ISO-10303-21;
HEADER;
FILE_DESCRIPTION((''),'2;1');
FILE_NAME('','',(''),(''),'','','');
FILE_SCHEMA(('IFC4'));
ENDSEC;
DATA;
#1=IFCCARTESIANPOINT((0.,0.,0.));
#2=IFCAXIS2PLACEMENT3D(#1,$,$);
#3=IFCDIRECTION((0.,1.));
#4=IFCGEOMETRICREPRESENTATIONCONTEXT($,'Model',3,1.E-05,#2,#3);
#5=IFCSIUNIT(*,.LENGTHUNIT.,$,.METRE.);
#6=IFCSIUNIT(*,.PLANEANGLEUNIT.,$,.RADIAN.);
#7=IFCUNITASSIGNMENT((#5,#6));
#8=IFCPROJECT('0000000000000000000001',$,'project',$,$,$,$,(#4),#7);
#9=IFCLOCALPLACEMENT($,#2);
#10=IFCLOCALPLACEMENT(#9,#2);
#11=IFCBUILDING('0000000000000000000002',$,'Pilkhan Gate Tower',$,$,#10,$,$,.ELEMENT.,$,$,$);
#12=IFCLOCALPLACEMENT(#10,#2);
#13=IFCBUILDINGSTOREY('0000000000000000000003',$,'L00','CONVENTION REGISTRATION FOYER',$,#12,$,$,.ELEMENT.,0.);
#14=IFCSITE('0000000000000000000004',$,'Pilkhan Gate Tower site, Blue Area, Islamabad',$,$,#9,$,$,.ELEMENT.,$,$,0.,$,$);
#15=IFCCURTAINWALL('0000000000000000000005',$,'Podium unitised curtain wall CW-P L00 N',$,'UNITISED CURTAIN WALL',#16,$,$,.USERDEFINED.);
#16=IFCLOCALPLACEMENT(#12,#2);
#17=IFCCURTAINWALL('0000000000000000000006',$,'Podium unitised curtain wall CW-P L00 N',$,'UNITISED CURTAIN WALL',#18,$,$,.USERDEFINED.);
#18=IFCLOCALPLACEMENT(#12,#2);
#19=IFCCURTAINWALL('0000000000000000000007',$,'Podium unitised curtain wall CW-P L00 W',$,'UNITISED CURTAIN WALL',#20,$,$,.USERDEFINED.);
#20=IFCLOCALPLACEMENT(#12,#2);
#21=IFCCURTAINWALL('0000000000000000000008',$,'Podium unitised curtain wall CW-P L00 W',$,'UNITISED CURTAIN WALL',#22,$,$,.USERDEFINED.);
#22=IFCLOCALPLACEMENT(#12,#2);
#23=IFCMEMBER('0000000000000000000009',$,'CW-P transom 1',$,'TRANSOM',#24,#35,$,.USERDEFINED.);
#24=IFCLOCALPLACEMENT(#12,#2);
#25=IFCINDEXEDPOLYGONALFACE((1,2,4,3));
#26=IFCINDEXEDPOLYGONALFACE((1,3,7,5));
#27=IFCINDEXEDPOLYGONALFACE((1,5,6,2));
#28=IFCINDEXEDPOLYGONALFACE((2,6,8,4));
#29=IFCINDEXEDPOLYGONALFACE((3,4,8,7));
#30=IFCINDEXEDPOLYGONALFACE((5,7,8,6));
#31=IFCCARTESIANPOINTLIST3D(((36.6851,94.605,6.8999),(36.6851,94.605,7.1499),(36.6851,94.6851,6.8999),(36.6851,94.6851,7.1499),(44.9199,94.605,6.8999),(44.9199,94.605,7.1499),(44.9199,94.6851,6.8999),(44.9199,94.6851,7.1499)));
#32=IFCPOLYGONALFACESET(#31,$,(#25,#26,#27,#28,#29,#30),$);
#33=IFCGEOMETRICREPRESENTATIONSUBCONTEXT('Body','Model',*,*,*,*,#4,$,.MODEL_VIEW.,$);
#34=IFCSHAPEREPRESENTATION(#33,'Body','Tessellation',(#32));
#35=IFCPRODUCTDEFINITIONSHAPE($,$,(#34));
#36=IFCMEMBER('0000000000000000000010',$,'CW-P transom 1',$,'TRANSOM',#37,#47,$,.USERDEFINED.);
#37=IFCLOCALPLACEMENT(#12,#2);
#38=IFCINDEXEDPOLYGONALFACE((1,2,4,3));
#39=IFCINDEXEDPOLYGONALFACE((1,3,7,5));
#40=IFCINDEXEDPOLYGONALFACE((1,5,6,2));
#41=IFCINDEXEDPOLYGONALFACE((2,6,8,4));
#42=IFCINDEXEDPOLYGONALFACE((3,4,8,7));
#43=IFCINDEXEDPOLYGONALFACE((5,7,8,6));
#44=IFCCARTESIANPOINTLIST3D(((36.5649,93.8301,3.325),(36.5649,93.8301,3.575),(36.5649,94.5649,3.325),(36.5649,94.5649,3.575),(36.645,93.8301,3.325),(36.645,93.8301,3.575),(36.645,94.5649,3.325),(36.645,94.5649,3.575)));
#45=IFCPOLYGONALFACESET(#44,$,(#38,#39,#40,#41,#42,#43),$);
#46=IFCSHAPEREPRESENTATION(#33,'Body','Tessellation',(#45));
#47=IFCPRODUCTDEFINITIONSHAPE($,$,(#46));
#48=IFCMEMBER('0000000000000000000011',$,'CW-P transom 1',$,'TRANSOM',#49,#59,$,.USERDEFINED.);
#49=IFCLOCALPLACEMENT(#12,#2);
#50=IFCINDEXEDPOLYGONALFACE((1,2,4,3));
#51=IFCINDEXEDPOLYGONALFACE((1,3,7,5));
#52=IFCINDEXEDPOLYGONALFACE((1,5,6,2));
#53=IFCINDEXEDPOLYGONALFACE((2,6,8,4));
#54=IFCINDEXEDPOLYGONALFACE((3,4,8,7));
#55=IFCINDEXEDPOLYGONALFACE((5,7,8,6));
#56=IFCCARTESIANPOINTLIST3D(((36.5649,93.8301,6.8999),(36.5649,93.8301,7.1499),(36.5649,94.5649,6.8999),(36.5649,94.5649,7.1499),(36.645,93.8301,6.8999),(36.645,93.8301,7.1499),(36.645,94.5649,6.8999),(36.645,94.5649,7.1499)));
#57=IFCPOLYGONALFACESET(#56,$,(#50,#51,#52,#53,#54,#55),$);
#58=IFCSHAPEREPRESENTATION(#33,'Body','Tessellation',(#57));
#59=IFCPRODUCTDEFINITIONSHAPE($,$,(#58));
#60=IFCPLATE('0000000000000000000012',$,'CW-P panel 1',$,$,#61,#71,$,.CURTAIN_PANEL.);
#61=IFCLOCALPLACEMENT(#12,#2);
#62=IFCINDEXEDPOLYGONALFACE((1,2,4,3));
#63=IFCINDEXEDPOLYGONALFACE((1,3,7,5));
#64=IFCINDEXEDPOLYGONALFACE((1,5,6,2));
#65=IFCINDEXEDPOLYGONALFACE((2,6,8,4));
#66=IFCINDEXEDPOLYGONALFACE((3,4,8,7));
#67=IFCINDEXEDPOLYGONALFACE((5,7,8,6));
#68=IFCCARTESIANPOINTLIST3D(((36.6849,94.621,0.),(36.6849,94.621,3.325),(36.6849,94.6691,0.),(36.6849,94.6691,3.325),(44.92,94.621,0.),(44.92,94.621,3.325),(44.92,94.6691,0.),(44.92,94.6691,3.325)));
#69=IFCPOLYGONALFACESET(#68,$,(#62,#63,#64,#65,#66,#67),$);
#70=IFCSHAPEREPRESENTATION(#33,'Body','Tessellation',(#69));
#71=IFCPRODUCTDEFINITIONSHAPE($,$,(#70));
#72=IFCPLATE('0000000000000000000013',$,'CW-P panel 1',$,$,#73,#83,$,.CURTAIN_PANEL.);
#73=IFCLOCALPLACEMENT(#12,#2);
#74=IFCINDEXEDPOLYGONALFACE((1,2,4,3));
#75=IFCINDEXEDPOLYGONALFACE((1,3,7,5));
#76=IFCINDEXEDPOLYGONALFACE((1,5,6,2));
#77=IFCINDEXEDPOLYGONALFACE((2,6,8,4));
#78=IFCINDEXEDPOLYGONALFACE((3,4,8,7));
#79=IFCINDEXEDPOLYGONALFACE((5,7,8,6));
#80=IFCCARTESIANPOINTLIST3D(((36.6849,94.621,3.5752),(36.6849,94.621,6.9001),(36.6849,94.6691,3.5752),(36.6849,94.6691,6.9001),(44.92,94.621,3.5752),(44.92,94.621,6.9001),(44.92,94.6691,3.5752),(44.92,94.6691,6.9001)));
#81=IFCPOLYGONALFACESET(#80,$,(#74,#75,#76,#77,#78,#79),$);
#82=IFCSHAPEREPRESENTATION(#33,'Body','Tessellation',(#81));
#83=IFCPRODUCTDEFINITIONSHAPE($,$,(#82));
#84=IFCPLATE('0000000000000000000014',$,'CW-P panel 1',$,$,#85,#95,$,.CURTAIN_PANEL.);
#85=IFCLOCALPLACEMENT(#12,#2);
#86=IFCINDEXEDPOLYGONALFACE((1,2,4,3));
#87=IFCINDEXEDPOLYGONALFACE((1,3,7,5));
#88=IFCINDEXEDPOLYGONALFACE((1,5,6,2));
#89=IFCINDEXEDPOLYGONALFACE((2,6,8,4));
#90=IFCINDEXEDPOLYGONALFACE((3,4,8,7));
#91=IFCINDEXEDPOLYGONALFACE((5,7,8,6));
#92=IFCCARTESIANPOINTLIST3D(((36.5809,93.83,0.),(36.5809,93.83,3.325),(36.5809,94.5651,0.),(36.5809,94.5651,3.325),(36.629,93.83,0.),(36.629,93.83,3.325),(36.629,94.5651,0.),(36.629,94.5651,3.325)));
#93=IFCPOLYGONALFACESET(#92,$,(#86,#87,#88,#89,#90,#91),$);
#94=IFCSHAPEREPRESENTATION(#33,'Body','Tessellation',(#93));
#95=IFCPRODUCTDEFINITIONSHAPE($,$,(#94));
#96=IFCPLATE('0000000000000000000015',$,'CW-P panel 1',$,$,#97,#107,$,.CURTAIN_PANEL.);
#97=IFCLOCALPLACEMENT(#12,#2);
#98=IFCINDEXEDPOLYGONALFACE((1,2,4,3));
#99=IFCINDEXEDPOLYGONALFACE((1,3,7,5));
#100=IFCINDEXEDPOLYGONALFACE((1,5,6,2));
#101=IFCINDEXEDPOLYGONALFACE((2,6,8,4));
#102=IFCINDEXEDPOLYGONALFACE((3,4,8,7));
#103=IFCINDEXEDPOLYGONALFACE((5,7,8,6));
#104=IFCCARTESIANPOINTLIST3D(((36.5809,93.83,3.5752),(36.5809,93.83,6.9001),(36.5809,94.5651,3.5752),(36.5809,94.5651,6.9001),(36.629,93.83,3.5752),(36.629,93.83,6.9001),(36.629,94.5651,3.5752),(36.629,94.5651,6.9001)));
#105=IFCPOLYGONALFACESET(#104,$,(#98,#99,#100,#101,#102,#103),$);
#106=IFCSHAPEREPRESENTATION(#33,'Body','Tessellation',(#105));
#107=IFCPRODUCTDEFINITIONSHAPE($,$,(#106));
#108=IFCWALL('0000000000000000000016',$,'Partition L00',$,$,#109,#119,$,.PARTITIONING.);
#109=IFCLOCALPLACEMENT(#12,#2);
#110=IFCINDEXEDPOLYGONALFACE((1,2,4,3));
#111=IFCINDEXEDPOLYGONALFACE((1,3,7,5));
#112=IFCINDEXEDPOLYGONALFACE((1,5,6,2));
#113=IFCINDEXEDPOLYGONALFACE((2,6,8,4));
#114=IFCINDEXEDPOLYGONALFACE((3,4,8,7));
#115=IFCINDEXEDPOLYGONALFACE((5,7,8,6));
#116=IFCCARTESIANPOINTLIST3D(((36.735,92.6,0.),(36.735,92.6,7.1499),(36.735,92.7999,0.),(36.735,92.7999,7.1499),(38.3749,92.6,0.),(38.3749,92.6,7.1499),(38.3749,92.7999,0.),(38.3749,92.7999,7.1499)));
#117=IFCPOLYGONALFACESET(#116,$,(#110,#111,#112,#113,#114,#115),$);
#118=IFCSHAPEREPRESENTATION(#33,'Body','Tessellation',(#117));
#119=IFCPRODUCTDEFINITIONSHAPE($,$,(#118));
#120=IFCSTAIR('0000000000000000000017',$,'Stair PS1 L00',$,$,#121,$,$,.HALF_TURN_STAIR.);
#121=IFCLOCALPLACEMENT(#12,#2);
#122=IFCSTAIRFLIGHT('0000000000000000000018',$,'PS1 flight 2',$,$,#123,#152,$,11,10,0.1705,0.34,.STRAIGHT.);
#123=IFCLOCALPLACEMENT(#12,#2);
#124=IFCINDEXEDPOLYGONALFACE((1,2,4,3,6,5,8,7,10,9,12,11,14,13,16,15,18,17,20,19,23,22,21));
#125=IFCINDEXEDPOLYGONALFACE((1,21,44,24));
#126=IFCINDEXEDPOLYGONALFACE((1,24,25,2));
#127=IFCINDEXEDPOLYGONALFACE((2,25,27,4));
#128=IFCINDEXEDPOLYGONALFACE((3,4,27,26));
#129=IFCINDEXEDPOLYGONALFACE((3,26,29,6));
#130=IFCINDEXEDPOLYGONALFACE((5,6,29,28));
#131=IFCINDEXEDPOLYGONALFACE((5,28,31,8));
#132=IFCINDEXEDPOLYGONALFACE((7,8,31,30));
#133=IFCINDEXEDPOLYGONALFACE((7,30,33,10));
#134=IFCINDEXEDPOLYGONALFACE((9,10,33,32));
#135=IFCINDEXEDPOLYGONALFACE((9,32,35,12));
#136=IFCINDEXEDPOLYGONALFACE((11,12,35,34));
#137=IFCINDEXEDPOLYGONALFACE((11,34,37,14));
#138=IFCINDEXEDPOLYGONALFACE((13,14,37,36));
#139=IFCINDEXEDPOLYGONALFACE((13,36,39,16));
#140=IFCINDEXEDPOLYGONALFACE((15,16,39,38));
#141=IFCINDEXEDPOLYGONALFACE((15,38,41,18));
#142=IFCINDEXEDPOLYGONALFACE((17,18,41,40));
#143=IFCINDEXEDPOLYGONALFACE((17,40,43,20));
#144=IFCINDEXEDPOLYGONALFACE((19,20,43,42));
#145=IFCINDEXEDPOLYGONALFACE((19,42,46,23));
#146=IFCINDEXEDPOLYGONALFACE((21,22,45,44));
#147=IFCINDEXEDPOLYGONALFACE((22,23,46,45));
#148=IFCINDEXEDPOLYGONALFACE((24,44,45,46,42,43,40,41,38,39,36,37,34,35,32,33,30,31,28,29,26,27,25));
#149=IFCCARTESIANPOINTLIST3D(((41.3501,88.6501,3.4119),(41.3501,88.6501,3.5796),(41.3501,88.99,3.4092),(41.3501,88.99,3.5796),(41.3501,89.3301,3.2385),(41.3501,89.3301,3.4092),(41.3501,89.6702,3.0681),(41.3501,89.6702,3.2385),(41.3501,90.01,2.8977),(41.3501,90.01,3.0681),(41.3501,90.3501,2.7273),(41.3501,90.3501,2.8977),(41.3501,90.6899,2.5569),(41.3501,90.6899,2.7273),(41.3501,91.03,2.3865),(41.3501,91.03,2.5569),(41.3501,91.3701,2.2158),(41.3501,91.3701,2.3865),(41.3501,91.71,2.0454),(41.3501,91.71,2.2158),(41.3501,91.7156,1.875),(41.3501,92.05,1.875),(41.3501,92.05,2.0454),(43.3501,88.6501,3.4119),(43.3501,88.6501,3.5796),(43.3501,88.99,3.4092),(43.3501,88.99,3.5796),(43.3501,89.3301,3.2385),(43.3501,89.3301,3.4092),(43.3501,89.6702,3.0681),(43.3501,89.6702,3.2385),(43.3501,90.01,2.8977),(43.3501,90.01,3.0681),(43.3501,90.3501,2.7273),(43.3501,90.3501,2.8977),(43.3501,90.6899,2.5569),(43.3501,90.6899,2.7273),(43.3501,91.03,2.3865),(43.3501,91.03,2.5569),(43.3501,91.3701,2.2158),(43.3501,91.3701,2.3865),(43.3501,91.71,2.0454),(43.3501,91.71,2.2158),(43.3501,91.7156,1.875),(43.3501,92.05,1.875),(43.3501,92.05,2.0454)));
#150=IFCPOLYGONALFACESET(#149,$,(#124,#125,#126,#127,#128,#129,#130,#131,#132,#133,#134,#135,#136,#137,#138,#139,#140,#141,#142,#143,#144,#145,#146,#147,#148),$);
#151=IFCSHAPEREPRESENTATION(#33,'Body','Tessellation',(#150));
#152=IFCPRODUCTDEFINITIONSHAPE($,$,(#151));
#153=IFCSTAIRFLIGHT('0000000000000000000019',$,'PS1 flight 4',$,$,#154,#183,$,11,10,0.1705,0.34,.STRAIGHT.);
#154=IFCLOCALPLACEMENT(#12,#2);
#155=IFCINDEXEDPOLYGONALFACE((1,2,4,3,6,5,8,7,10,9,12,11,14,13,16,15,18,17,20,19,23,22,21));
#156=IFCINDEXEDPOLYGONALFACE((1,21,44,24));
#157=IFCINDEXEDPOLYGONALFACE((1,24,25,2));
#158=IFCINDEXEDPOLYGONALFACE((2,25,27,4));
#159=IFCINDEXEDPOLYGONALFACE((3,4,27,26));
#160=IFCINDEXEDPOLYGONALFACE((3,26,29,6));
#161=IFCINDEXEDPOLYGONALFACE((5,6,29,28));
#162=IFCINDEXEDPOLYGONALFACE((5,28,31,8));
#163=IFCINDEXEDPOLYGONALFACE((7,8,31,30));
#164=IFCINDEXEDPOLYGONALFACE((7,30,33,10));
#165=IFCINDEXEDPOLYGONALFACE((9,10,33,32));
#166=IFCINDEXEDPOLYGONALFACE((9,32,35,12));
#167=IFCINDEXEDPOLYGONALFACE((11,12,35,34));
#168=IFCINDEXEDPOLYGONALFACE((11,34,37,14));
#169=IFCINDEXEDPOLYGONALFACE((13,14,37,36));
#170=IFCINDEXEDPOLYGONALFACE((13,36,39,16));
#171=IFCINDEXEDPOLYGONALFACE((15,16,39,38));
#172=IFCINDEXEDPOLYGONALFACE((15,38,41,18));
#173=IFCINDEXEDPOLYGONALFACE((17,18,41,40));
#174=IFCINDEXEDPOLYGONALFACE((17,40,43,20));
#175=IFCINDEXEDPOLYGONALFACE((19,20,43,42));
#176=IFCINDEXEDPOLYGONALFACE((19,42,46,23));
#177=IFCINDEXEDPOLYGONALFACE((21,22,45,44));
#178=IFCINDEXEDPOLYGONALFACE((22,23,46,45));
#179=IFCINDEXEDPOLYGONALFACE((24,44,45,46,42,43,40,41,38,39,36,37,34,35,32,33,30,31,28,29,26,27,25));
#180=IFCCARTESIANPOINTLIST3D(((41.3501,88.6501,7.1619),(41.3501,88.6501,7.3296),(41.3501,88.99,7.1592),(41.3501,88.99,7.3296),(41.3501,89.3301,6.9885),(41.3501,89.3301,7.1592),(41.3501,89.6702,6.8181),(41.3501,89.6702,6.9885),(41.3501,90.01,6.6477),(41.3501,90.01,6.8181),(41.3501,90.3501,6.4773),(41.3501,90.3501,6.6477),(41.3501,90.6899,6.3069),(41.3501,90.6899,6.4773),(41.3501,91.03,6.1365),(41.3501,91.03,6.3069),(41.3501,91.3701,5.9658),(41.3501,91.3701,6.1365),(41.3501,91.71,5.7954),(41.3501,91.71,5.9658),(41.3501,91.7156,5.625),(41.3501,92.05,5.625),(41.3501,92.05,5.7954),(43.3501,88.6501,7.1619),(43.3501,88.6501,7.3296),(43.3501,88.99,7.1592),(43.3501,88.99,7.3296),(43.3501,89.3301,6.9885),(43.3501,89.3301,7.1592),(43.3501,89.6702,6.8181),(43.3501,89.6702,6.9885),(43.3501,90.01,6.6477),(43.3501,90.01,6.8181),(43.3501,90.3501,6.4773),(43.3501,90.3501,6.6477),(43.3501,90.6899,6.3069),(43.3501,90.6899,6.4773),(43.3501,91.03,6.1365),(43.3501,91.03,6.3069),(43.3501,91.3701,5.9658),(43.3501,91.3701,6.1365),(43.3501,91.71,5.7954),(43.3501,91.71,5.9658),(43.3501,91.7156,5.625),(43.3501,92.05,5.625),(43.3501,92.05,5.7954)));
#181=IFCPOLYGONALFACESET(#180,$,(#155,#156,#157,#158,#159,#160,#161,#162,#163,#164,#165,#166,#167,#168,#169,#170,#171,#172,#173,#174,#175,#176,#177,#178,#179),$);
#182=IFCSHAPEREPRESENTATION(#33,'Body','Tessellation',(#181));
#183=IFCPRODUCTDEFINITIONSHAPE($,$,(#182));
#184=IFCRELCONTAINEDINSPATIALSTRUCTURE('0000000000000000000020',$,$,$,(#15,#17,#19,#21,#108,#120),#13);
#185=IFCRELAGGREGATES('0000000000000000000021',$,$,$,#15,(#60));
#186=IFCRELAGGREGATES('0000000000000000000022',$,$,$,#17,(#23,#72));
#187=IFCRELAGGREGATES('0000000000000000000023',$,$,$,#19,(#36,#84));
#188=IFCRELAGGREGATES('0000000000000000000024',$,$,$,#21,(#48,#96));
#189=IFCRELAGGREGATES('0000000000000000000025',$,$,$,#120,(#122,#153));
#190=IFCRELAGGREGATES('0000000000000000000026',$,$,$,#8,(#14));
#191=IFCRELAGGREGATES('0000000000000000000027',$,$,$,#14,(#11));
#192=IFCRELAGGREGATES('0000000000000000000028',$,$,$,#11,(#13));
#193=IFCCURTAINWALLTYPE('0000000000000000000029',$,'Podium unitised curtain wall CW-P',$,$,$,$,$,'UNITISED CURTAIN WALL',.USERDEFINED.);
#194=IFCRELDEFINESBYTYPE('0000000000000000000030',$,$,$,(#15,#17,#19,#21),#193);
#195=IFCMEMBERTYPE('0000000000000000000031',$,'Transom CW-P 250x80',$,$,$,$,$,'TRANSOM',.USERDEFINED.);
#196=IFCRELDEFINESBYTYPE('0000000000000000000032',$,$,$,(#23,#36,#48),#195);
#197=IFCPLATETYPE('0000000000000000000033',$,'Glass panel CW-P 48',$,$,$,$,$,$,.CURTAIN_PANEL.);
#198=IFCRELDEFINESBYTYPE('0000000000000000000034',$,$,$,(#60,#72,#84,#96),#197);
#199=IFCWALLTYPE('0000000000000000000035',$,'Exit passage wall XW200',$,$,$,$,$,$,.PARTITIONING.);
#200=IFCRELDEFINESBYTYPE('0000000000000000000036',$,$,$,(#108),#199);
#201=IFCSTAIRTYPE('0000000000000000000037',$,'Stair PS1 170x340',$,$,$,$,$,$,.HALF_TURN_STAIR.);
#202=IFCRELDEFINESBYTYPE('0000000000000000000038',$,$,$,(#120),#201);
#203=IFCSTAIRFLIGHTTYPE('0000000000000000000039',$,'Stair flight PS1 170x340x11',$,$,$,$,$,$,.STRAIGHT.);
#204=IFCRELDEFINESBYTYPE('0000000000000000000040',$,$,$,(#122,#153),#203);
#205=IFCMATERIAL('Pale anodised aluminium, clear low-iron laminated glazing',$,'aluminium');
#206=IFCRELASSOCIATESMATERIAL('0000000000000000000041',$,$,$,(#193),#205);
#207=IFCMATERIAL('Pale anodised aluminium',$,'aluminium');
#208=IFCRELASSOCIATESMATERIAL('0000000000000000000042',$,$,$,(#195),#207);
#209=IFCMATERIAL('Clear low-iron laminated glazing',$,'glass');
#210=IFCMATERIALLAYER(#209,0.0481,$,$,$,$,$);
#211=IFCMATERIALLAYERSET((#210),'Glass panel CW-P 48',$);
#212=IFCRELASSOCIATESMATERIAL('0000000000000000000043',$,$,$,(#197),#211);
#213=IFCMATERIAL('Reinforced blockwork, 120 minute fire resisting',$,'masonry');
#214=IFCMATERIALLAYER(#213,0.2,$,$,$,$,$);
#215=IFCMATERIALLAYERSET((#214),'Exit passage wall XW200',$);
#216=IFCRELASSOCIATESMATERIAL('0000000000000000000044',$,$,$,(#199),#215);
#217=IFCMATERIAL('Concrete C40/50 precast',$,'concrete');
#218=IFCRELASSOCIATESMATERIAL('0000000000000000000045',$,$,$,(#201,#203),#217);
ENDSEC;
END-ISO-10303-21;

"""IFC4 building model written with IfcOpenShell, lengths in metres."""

from ifc_helpers import new_model, si_unit, direction, frame, frame_2d, origin, origin_2d, place, context, subcontext, project, spatial, polyline, rectangle, outline, extrude, material, layer, layer_set, material_profile, profile_set, type_object, element, aggregate, save


model = new_model("IFC4")

# Units and contexts
model_context = context("Model", 3, precision=1e-05, world=origin(), true_north=direction((0.0, 1.0)))
body_context = subcontext(model_context, "Body", "Model", "MODEL_VIEW")
ifc_project = project(units=[si_unit("LENGTHUNIT", "METRE"), si_unit("PLANEANGLEUNIT", "RADIAN")], contexts=[model_context])

# Site, building, storey
site_placement = place(None, origin())
site = spatial("IfcSite", under=ifc_project, at=site_placement, Name="Pilkhan Gate Tower site, Blue Area, Islamabad", CompositionType="ELEMENT", RefElevation=0.0)
building_placement = place(site_placement, origin())
building = spatial("IfcBuilding", under=site, at=building_placement, Name="Pilkhan Gate Tower", CompositionType="ELEMENT")
storey_placement = place(building_placement, origin())
storey = spatial("IfcBuildingStorey", under=building, at=storey_placement, Name="L00", Description="CONVENTION REGISTRATION FOYER", CompositionType="ELEMENT", Elevation=0.0)

# Curtain walls
ifc_material_1 = material(Name="Pale anodised aluminium, clear low-iron laminated glazing", Category="aluminium")
curtain_wall_type = type_object("IfcCurtainWallType", Name="Podium unitised curtain wall CW-P", ElementType="UNITISED CURTAIN WALL", PredefinedType="USERDEFINED", material=ifc_material_1)
curtain_wall_1_placement = place(storey_placement, origin())
curtain_wall_1 = element("IfcCurtainWall", 1, at=curtain_wall_1_placement, inside=storey, type_object=curtain_wall_type, Name="Podium unitised curtain wall CW-P L00 N", ObjectType="UNITISED CURTAIN WALL", PredefinedType="USERDEFINED")
ifc_material_2 = material(Name="Pale anodised aluminium", Category="aluminium")
curtain_wall_2_placement = place(storey_placement, origin())
curtain_wall_2 = element("IfcCurtainWall", 2, at=curtain_wall_2_placement, inside=storey, type_object=curtain_wall_type, Name="Podium unitised curtain wall CW-P L00 N", ObjectType="UNITISED CURTAIN WALL", PredefinedType="USERDEFINED")

# Curtain walls
curtain_wall_3_placement = place(storey_placement, origin())
curtain_wall_3 = element("IfcCurtainWall", 3, at=curtain_wall_3_placement, inside=storey, type_object=curtain_wall_type, Name="Podium unitised curtain wall CW-P L00 W", ObjectType="UNITISED CURTAIN WALL", PredefinedType="USERDEFINED")
curtain_wall_4_placement = place(storey_placement, origin())
curtain_wall_4 = element("IfcCurtainWall", 4, at=curtain_wall_4_placement, inside=storey, type_object=curtain_wall_type, Name="Podium unitised curtain wall CW-P L00 W", ObjectType="UNITISED CURTAIN WALL", PredefinedType="USERDEFINED")

# Members
ifc_material_profile_1 = material_profile(ifc_material_2, rectangle(XDim=0.0801, YDim=0.25, at=origin_2d()), Name="Transom 250x80")
ifc_profile_set_1 = profile_set([ifc_material_profile_1], Name="Pale anodised aluminium")
member_type_1 = type_object("IfcMemberType", Name="Transom CW-P 250x80", ElementType="TRANSOM", PredefinedType="USERDEFINED", material=ifc_profile_set_1)
member_1_placement = place(storey_placement, frame((36.6851, 94.645, 7.0249), z_axis=(1.0, 0.0, 0.0), x_axis=(0.0, 1.0, 0.0)))
member_1 = element("IfcMember", 5, at=member_1_placement, type_object=member_type_1, Name="CW-P transom 1", ObjectType="TRANSOM", PredefinedType="USERDEFINED", context=body_context, shape_type="SweptSolid", body=[
    extrude(rectangle(XDim=0.0801, YDim=0.25, at=origin_2d()), origin(), (0.0, 0.0, 1.0), 8.2349),
])
member_2_placement = place(storey_placement, frame((36.605, 93.8301, 3.45), z_axis=(0.0, 1.0, 0.0), x_axis=(-1.0, 0.0, 0.0)))
member_2 = element("IfcMember", 6, at=member_2_placement, type_object=member_type_1, Name="CW-P transom 1", ObjectType="TRANSOM", PredefinedType="USERDEFINED", context=body_context, shape_type="SweptSolid", body=[
    extrude(rectangle(XDim=0.0801, YDim=0.25, at=origin_2d()), origin(), (0.0, 0.0, 1.0), 0.7349),
])
member_3_placement = place(storey_placement, frame((36.605, 93.8301, 7.0249), z_axis=(0.0, 1.0, 0.0), x_axis=(-1.0, 0.0, 0.0)))
member_3 = element("IfcMember", 7, at=member_3_placement, type_object=member_type_1, Name="CW-P transom 1", ObjectType="TRANSOM", PredefinedType="USERDEFINED", context=body_context, shape_type="SweptSolid", body=[
    extrude(rectangle(XDim=0.0801, YDim=0.25, at=origin_2d()), origin(), (0.0, 0.0, 1.0), 0.7349),
])

# Plates
ifc_material_3 = material(Name="Clear low-iron laminated glazing", Category="glass")
ifc_layer_1 = layer(ifc_material_3, 0.0481)
ifc_layer_set_1 = layer_set([ifc_layer_1], Name="Glass panel CW-P 48")
plate_type = type_object("IfcPlateType", Name="Glass panel CW-P 48", PredefinedType="CURTAIN_PANEL", material=ifc_layer_set_1)
plate_1_placement = place(storey_placement, frame((40.8025, 94.645, 0.0), z_axis=(0.0, 0.0, 1.0), x_axis=(1.0, 0.0, 0.0)))
plate_1 = element("IfcPlate", 8, at=plate_1_placement, type_object=plate_type, Name="CW-P panel 1", PredefinedType="CURTAIN_PANEL", context=body_context, shape_type="SweptSolid", body=[
    extrude(rectangle(XDim=8.2351, YDim=0.0481, at=origin_2d()), origin(), (0.0, 0.0, 1.0), 3.325),
])
aggregate(curtain_wall_1, [plate_1])
plate_2_placement = place(storey_placement, frame((40.8025, 94.645, 3.5752), z_axis=(0.0, 0.0, 1.0), x_axis=(1.0, 0.0, 0.0)))
plate_2 = element("IfcPlate", 9, at=plate_2_placement, type_object=plate_type, Name="CW-P panel 1", PredefinedType="CURTAIN_PANEL", context=body_context, shape_type="SweptSolid", body=[
    extrude(rectangle(XDim=8.2351, YDim=0.0481, at=origin_2d()), origin(), (0.0, 0.0, 1.0), 3.325),
])
aggregate(curtain_wall_2, [member_1, plate_2])
plate_3_placement = place(storey_placement, frame((36.605, 94.1975, 0.0), z_axis=(0.0, 0.0, 1.0), x_axis=(0.0, 1.0, 0.0)))
plate_3 = element("IfcPlate", 10, at=plate_3_placement, type_object=plate_type, Name="CW-P panel 1", PredefinedType="CURTAIN_PANEL", context=body_context, shape_type="SweptSolid", body=[
    extrude(rectangle(XDim=0.7351, YDim=0.0481, at=origin_2d()), origin(), (0.0, 0.0, 1.0), 3.325),
])
aggregate(curtain_wall_3, [member_2, plate_3])
plate_4_placement = place(storey_placement, frame((36.605, 94.1975, 3.5752), z_axis=(0.0, 0.0, 1.0), x_axis=(0.0, 1.0, 0.0)))
plate_4 = element("IfcPlate", 11, at=plate_4_placement, type_object=plate_type, Name="CW-P panel 1", PredefinedType="CURTAIN_PANEL", context=body_context, shape_type="SweptSolid", body=[
    extrude(rectangle(XDim=0.7351, YDim=0.0481, at=origin_2d()), origin(), (0.0, 0.0, 1.0), 3.325),
])
aggregate(curtain_wall_4, [member_3, plate_4])

# Wall
ifc_material_4 = material(Name="Reinforced blockwork, 120 minute fire resisting", Category="masonry")
ifc_layer_2 = layer(ifc_material_4, 0.2)
ifc_layer_set_2 = layer_set([ifc_layer_2], Name="Exit passage wall XW200")
wall_type_1 = type_object("IfcWallType", Name="Exit passage wall XW200", PredefinedType="PARTITIONING", material=ifc_layer_set_2)
wall_1_placement = place(storey_placement, frame((36.7351, 92.7, 0.0), z_axis=(0.0, 0.0, 1.0), x_axis=(1.0, 0.0, 0.0)))
element("IfcWall", 12, at=wall_1_placement, inside=storey, type_object=wall_type_1, Name="Partition L00", PredefinedType="PARTITIONING", context=body_context, shape_type="SweptSolid", body=[
    extrude(rectangle(XDim=1.6399, YDim=0.2, at=frame_2d((0.8198, 0.0))), origin(), (0.0, 0.0, 1.0), 7.1499),
])

# Stair, stair flights
ifc_material_5 = material(Name="Concrete C40/50 precast", Category="concrete")
stair_type = type_object("IfcStairType", Name="Stair PS1 170x340", PredefinedType="HALF_TURN_STAIR", material=ifc_material_5)
stair_placement = place(storey_placement, origin())
stair = element("IfcStair", 13, at=stair_placement, inside=storey, type_object=stair_type, Name="Stair PS1 L00", PredefinedType="HALF_TURN_STAIR")
stair_flight_type = type_object("IfcStairFlightType", Name="Stair flight PS1 170x340x11", PredefinedType="STRAIGHT", material=ifc_material_5)
stair_flight_1_placement = place(storey_placement, frame((42.3501, 92.05, 1.875), z_axis=(0.0, 0.0, 1.0), x_axis=(0.0, -1.0, 0.0)))
stair_flight_1 = element("IfcStairFlight", 14, at=stair_flight_1_placement, type_object=stair_flight_type, Name="PS1 flight 2", NumberOfRisers=11, NumberOfTreads=10, PredefinedType="STRAIGHT", RiserHeight=0.1705, TreadLength=0.34, context=body_context, shape_type="SweptSolid", body=[
    extrude(outline(polyline([(0.0, 0.0), (0.0, 0.1704), (0.3401, 0.1704), (0.3401, 0.3408), (0.6799, 0.3408), (0.6799, 0.5115), (1.02, 0.5115), (1.02, 0.6819), (1.3601, 0.6819), (1.3601, 0.8523), (1.7, 0.8523), (1.7, 1.0227), (2.04, 1.0227), (2.04, 1.1931), (2.3799, 1.1931), (2.3799, 1.3635), (2.72, 1.3635), (2.72, 1.5342), (3.0601, 1.5342), (3.0601, 1.7046), (3.3999, 1.7046), (3.3999, 1.875), (3.3999, 1.5369), (0.3345, 0.0), (0.0, 0.0)])), frame((0.0, 1.0, 0.0), z_axis=(0.0, -1.0, 0.0), x_axis=(1.0, 0.0, 0.0)), (0.0, 0.0, 1.0), 2.0),
])
stair_flight_2_placement = place(storey_placement, frame((42.3501, 92.05, 5.625), z_axis=(0.0, 0.0, 1.0), x_axis=(0.0, -1.0, 0.0)))
stair_flight_2 = element("IfcStairFlight", 15, at=stair_flight_2_placement, type_object=stair_flight_type, Name="PS1 flight 4", NumberOfRisers=11, NumberOfTreads=10, PredefinedType="STRAIGHT", RiserHeight=0.1705, TreadLength=0.34, context=body_context, shape_type="SweptSolid", body=[
    extrude(outline(polyline([(0.0, 0.0), (0.0, 0.1704), (0.3401, 0.1704), (0.3401, 0.3408), (0.6799, 0.3408), (0.6799, 0.5115), (1.02, 0.5115), (1.02, 0.6819), (1.3601, 0.6819), (1.3601, 0.8523), (1.7, 0.8523), (1.7, 1.0227), (2.04, 1.0227), (2.04, 1.1931), (2.3799, 1.1931), (2.3799, 1.3635), (2.72, 1.3635), (2.72, 1.5342), (3.0601, 1.5342), (3.0601, 1.7046), (3.3999, 1.7046), (3.3999, 1.875), (3.3999, 1.5369), (0.3345, 0.0), (0.0, 0.0)])), frame((0.0, 1.0, 0.0), z_axis=(0.0, -1.0, 0.0), x_axis=(1.0, 0.0, 0.0)), (0.0, 0.0, 1.0), 2.0),
])
aggregate(stair, [stair_flight_1, stair_flight_2])

save(model, "model.ifc")
